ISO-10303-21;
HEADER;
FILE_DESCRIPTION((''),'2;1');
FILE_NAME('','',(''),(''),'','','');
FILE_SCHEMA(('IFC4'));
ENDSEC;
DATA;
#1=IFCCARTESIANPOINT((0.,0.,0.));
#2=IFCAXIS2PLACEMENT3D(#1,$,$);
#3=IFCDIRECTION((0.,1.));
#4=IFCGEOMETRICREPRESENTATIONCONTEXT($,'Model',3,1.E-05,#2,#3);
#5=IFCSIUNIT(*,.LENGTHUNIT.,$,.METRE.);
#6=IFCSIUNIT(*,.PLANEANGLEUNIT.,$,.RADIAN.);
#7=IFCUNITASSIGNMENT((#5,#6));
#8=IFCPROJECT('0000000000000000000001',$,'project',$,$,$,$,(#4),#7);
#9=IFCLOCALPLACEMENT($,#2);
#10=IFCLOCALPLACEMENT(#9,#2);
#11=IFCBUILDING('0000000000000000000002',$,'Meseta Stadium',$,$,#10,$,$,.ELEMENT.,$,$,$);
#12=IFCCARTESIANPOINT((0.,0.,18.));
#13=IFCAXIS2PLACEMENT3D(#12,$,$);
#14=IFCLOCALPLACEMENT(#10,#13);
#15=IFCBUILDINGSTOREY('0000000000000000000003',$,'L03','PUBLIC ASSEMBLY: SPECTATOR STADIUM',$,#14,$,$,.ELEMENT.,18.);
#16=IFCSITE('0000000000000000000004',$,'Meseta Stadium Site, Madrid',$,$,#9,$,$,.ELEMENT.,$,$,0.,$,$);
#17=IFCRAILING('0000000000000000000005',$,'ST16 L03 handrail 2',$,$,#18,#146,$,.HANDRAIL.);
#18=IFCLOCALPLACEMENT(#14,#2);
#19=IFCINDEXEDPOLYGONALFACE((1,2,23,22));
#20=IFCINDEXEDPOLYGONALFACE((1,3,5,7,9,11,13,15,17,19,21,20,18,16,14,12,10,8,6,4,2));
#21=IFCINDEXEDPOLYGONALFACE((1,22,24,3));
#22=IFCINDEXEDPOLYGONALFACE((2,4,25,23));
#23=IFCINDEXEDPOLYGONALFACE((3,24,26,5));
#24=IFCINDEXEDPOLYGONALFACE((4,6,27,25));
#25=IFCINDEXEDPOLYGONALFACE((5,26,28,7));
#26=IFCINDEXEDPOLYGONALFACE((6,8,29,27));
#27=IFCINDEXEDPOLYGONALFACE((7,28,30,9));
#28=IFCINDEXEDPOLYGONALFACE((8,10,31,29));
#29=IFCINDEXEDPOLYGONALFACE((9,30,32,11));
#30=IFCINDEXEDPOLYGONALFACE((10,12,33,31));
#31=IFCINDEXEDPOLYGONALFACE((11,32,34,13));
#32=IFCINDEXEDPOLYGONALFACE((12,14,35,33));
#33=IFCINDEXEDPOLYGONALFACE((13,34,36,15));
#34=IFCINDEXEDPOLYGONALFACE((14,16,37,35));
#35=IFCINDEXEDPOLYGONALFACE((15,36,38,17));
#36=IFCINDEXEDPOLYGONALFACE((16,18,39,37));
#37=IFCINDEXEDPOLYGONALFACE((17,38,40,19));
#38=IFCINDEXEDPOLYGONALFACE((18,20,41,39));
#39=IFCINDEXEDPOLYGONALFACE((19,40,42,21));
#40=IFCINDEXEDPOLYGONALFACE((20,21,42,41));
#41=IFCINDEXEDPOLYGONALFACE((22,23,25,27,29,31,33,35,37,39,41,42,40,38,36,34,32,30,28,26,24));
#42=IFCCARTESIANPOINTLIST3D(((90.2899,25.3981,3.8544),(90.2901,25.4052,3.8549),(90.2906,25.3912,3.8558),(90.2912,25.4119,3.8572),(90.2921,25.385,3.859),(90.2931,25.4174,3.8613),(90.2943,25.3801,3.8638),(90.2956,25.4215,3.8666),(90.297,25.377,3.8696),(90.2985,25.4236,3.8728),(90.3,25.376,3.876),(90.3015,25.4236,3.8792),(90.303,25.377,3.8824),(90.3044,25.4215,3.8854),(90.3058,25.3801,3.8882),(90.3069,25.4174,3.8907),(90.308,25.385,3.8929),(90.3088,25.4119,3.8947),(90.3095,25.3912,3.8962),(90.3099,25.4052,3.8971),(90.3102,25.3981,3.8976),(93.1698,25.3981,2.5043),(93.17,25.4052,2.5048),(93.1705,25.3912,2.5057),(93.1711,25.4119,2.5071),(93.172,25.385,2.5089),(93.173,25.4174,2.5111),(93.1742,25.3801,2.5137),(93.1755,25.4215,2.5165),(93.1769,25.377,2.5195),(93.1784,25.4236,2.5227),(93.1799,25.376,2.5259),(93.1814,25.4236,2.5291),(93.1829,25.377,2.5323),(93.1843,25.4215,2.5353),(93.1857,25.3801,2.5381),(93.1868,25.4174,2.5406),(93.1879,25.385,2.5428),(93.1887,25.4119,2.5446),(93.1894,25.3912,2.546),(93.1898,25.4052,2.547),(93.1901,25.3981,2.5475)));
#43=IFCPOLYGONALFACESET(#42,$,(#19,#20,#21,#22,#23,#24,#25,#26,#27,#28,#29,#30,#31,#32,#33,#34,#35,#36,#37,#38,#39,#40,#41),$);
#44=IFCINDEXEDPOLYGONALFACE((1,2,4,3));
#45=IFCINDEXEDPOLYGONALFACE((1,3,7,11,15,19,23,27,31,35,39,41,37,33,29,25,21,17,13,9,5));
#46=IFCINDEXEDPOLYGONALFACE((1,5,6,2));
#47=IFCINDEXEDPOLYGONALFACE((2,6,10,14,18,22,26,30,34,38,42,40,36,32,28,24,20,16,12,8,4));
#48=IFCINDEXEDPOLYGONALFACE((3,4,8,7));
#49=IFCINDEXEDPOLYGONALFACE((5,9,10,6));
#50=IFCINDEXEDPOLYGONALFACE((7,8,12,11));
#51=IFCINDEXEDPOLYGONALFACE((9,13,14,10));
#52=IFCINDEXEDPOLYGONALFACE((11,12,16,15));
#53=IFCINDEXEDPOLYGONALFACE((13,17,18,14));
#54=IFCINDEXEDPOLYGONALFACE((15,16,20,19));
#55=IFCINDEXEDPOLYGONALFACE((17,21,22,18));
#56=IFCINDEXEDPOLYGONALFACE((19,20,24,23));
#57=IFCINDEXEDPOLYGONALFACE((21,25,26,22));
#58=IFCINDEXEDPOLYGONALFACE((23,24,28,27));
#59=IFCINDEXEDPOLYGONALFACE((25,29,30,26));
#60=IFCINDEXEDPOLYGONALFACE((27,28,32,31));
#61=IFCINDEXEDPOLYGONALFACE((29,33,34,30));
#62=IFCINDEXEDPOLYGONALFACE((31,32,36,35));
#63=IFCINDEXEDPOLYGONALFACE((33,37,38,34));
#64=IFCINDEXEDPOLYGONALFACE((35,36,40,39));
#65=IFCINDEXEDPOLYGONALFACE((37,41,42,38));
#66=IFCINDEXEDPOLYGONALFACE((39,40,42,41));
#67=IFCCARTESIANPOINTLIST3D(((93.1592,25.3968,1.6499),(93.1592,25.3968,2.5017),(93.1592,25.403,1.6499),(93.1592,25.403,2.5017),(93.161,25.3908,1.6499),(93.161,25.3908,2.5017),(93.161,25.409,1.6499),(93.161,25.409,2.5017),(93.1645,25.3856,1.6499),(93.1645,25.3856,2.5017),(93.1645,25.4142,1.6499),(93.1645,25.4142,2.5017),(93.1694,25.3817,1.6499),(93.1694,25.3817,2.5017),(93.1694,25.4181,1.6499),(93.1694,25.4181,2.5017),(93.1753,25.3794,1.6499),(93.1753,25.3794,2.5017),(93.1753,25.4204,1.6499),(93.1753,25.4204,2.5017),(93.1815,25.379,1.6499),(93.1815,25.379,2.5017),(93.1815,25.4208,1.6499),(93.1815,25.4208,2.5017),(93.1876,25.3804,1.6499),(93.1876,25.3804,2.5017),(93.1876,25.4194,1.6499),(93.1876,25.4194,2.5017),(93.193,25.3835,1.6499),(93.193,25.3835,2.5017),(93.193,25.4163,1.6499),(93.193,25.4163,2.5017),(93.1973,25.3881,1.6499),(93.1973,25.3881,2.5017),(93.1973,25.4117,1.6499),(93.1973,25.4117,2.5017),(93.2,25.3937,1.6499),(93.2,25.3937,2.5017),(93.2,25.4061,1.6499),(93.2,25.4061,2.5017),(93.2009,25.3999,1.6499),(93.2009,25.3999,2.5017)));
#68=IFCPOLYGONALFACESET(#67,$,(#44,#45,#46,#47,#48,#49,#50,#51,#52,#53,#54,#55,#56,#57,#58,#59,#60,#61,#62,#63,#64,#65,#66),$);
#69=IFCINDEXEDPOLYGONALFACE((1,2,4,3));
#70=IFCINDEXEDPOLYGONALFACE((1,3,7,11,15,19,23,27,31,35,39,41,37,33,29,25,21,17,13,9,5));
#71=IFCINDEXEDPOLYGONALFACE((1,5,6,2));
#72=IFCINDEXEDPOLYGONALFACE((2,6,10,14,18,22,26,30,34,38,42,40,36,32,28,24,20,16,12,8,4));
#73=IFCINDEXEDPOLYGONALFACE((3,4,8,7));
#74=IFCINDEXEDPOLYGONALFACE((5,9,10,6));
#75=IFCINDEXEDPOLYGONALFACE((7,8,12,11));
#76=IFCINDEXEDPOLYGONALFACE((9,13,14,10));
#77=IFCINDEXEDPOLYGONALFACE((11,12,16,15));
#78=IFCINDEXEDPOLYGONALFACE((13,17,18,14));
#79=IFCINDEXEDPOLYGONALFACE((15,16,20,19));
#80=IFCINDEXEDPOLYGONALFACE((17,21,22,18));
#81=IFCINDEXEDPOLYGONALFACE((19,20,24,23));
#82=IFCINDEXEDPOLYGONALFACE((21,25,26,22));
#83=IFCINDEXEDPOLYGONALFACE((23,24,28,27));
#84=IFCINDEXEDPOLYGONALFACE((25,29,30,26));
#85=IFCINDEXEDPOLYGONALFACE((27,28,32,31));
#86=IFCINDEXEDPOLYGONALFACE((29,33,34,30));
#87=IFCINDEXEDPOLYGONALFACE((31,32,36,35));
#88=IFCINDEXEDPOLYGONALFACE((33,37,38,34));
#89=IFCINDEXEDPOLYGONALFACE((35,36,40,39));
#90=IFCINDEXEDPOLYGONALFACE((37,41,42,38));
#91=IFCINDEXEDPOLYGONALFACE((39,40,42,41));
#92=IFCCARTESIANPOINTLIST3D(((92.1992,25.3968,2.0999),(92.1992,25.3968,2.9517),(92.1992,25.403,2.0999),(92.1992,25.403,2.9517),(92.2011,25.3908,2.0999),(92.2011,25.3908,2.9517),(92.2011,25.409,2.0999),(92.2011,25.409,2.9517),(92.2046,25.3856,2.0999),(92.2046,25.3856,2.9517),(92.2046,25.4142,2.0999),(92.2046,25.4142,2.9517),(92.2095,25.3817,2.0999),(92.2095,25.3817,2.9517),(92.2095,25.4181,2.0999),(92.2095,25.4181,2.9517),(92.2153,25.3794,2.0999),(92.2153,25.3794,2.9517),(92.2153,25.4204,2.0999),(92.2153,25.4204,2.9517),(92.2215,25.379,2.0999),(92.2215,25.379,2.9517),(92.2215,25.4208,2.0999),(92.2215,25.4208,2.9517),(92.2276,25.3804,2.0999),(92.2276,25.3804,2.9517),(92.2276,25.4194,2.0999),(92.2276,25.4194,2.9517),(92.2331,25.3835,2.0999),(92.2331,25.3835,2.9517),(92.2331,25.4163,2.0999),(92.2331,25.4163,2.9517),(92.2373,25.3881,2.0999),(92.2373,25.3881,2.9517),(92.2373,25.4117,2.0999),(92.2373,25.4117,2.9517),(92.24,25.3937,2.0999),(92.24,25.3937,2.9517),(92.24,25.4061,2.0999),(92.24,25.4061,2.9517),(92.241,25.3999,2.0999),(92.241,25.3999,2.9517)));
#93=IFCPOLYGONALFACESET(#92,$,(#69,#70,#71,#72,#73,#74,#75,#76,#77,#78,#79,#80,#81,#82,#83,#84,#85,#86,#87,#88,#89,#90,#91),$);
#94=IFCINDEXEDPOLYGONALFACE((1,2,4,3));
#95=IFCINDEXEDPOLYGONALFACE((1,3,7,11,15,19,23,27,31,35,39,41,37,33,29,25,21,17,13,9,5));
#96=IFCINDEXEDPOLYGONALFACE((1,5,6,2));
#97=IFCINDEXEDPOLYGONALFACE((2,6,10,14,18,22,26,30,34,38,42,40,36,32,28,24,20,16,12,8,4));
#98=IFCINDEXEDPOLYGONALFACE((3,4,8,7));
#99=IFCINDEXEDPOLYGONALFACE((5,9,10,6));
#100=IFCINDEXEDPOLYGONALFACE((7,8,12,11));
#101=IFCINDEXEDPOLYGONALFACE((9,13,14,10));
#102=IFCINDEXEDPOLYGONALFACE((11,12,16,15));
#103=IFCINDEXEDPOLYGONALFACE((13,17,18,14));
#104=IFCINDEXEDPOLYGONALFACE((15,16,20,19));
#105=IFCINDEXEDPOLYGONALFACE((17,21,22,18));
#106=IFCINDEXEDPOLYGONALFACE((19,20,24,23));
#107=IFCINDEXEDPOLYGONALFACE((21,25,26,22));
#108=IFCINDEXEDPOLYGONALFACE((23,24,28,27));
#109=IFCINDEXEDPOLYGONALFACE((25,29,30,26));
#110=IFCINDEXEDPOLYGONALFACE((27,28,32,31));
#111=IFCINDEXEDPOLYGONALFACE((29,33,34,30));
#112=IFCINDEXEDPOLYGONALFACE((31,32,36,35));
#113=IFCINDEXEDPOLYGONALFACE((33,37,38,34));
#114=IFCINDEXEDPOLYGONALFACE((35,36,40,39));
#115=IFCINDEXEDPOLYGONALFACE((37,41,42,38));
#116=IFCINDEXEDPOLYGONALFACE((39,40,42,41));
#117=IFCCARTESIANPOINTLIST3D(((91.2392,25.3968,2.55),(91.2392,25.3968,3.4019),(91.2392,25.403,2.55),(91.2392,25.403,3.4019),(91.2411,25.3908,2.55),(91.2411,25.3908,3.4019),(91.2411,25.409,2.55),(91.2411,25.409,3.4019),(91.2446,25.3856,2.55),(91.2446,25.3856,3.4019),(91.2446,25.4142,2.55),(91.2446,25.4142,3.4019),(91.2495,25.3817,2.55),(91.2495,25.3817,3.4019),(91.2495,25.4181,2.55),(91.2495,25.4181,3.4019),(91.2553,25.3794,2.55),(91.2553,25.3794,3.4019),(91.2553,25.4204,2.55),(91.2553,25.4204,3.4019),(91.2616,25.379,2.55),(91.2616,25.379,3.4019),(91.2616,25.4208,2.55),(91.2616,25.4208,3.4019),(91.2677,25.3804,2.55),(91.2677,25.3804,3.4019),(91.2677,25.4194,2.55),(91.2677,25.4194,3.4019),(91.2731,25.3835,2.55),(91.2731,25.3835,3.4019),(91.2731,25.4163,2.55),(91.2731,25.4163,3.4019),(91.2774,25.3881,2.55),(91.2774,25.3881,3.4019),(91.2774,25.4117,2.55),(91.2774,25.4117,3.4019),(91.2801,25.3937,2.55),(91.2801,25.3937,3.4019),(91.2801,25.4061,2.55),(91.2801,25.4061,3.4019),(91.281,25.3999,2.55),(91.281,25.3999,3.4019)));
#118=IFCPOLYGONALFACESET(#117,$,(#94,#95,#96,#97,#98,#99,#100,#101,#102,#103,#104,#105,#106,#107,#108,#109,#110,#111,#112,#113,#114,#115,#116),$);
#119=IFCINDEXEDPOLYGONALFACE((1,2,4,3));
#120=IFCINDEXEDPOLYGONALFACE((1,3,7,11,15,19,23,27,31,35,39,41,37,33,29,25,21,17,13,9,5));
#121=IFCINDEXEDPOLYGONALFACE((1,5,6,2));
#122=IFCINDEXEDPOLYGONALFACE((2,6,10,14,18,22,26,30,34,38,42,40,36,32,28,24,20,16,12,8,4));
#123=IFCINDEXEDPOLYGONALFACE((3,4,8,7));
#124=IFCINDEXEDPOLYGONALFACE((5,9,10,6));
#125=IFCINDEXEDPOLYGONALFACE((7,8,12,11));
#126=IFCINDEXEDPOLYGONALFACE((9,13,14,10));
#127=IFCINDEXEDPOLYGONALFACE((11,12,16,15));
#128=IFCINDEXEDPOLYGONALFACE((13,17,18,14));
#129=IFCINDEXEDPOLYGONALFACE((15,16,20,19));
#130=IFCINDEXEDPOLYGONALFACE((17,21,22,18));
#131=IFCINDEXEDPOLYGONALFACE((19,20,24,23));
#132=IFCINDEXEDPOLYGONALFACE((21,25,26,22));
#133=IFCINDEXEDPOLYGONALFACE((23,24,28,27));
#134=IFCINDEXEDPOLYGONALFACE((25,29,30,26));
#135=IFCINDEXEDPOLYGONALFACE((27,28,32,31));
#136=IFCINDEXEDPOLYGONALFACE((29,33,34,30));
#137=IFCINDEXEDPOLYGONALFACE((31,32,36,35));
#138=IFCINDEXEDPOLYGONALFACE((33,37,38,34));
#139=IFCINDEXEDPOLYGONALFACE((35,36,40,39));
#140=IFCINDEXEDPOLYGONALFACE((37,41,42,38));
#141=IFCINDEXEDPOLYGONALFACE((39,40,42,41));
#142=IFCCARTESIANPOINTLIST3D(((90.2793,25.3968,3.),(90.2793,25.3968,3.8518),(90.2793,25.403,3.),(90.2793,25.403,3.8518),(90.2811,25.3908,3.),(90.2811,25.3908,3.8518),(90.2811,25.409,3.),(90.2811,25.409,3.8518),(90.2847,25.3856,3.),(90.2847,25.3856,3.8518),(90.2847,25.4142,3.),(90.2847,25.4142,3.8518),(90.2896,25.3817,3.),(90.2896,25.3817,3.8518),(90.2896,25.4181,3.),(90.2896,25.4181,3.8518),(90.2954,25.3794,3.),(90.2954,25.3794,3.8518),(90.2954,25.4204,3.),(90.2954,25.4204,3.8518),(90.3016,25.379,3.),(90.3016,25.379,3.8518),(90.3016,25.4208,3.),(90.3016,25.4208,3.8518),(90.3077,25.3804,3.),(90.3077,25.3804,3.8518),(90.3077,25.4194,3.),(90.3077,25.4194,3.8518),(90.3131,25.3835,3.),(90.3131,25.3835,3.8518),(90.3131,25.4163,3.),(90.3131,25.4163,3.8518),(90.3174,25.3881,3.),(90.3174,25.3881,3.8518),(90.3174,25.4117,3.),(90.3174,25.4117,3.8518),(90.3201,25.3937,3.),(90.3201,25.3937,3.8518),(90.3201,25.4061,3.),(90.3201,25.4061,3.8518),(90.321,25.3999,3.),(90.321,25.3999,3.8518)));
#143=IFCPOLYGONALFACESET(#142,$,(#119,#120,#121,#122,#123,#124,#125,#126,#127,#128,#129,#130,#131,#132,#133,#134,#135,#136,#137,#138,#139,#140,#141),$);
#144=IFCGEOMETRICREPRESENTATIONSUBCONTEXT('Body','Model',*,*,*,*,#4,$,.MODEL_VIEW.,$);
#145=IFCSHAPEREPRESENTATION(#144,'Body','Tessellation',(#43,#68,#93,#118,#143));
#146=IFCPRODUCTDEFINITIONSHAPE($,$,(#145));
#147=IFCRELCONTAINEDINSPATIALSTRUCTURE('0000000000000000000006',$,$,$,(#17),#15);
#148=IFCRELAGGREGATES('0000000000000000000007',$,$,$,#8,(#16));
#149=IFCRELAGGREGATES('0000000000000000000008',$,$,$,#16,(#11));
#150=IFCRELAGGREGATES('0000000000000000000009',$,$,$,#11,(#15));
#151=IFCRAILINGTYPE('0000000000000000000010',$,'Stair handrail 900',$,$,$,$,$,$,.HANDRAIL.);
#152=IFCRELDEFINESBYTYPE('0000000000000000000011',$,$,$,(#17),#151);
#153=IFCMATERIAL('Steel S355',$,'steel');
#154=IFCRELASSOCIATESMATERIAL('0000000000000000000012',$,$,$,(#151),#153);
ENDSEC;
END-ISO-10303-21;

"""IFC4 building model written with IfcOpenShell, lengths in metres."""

from ifc_helpers import new_model, si_unit, direction, frame, origin, origin_2d, place, context, subcontext, project, spatial, circle, extrude, material, type_object, element, save


model = new_model("IFC4")

# Units and contexts
model_context = context("Model", 3, precision=1e-05, world=origin(), true_north=direction((0.0, 1.0)))
body_context = subcontext(model_context, "Body", "Model", "MODEL_VIEW")
ifc_project = project(units=[si_unit("LENGTHUNIT", "METRE"), si_unit("PLANEANGLEUNIT", "RADIAN")], contexts=[model_context])

# Site, building, storey
site_placement = place(None, origin())
site = spatial("IfcSite", under=ifc_project, at=site_placement, Name="Meseta Stadium Site, Madrid", CompositionType="ELEMENT", RefElevation=0.0)
building_placement = place(site_placement, origin())
building = spatial("IfcBuilding", under=site, at=building_placement, Name="Meseta Stadium", CompositionType="ELEMENT")
storey_placement = place(building_placement, frame((0.0, 0.0, 18.0)))
storey = spatial("IfcBuildingStorey", under=building, at=storey_placement, Name="L03", Description="PUBLIC ASSEMBLY: SPECTATOR STADIUM", CompositionType="ELEMENT", Elevation=18.0)

# Railing
ifc_material_1 = material(Name="Steel S355", Category="steel")
railing_type_1 = type_object("IfcRailingType", Name="Stair handrail 900", PredefinedType="HANDRAIL", material=ifc_material_1)
for number, where, name in (
    (1, (93.1799, 25.3999, 1.6499), "ST16 L03 handrail 2"),
):
    element("IfcRailing", number, at=place(storey_placement, frame(where)), inside=storey, type_object=railing_type_1, Name=name, PredefinedType="HANDRAIL", context=body_context, shape_type="SweptSolid", body=[
        extrude(circle(Radius=0.0239, at=origin_2d()), frame((0.0, 0.0, 0.876), z_axis=(-0.90544, 0.0, 0.424473), x_axis=(0.0, -1.0, 0.0)), (0.0, 0.0, 1.0), 3.1807),
        extrude(circle(Radius=0.021, at=origin_2d()), origin(), (0.0, 0.0, 1.0), 0.8518),
        extrude(circle(Radius=0.021, at=origin_2d()), frame((-0.96, 0.0, 0.45)), (0.0, 0.0, 1.0), 0.8518),
        extrude(circle(Radius=0.021, at=origin_2d()), frame((-1.9199, 0.0, 0.9001)), (0.0, 0.0, 1.0), 0.8518),
        extrude(circle(Radius=0.021, at=origin_2d()), frame((-2.8799, 0.0, 1.3501)), (0.0, 0.0, 1.0), 0.8518),
    ])

save(model, "model.ifc")
